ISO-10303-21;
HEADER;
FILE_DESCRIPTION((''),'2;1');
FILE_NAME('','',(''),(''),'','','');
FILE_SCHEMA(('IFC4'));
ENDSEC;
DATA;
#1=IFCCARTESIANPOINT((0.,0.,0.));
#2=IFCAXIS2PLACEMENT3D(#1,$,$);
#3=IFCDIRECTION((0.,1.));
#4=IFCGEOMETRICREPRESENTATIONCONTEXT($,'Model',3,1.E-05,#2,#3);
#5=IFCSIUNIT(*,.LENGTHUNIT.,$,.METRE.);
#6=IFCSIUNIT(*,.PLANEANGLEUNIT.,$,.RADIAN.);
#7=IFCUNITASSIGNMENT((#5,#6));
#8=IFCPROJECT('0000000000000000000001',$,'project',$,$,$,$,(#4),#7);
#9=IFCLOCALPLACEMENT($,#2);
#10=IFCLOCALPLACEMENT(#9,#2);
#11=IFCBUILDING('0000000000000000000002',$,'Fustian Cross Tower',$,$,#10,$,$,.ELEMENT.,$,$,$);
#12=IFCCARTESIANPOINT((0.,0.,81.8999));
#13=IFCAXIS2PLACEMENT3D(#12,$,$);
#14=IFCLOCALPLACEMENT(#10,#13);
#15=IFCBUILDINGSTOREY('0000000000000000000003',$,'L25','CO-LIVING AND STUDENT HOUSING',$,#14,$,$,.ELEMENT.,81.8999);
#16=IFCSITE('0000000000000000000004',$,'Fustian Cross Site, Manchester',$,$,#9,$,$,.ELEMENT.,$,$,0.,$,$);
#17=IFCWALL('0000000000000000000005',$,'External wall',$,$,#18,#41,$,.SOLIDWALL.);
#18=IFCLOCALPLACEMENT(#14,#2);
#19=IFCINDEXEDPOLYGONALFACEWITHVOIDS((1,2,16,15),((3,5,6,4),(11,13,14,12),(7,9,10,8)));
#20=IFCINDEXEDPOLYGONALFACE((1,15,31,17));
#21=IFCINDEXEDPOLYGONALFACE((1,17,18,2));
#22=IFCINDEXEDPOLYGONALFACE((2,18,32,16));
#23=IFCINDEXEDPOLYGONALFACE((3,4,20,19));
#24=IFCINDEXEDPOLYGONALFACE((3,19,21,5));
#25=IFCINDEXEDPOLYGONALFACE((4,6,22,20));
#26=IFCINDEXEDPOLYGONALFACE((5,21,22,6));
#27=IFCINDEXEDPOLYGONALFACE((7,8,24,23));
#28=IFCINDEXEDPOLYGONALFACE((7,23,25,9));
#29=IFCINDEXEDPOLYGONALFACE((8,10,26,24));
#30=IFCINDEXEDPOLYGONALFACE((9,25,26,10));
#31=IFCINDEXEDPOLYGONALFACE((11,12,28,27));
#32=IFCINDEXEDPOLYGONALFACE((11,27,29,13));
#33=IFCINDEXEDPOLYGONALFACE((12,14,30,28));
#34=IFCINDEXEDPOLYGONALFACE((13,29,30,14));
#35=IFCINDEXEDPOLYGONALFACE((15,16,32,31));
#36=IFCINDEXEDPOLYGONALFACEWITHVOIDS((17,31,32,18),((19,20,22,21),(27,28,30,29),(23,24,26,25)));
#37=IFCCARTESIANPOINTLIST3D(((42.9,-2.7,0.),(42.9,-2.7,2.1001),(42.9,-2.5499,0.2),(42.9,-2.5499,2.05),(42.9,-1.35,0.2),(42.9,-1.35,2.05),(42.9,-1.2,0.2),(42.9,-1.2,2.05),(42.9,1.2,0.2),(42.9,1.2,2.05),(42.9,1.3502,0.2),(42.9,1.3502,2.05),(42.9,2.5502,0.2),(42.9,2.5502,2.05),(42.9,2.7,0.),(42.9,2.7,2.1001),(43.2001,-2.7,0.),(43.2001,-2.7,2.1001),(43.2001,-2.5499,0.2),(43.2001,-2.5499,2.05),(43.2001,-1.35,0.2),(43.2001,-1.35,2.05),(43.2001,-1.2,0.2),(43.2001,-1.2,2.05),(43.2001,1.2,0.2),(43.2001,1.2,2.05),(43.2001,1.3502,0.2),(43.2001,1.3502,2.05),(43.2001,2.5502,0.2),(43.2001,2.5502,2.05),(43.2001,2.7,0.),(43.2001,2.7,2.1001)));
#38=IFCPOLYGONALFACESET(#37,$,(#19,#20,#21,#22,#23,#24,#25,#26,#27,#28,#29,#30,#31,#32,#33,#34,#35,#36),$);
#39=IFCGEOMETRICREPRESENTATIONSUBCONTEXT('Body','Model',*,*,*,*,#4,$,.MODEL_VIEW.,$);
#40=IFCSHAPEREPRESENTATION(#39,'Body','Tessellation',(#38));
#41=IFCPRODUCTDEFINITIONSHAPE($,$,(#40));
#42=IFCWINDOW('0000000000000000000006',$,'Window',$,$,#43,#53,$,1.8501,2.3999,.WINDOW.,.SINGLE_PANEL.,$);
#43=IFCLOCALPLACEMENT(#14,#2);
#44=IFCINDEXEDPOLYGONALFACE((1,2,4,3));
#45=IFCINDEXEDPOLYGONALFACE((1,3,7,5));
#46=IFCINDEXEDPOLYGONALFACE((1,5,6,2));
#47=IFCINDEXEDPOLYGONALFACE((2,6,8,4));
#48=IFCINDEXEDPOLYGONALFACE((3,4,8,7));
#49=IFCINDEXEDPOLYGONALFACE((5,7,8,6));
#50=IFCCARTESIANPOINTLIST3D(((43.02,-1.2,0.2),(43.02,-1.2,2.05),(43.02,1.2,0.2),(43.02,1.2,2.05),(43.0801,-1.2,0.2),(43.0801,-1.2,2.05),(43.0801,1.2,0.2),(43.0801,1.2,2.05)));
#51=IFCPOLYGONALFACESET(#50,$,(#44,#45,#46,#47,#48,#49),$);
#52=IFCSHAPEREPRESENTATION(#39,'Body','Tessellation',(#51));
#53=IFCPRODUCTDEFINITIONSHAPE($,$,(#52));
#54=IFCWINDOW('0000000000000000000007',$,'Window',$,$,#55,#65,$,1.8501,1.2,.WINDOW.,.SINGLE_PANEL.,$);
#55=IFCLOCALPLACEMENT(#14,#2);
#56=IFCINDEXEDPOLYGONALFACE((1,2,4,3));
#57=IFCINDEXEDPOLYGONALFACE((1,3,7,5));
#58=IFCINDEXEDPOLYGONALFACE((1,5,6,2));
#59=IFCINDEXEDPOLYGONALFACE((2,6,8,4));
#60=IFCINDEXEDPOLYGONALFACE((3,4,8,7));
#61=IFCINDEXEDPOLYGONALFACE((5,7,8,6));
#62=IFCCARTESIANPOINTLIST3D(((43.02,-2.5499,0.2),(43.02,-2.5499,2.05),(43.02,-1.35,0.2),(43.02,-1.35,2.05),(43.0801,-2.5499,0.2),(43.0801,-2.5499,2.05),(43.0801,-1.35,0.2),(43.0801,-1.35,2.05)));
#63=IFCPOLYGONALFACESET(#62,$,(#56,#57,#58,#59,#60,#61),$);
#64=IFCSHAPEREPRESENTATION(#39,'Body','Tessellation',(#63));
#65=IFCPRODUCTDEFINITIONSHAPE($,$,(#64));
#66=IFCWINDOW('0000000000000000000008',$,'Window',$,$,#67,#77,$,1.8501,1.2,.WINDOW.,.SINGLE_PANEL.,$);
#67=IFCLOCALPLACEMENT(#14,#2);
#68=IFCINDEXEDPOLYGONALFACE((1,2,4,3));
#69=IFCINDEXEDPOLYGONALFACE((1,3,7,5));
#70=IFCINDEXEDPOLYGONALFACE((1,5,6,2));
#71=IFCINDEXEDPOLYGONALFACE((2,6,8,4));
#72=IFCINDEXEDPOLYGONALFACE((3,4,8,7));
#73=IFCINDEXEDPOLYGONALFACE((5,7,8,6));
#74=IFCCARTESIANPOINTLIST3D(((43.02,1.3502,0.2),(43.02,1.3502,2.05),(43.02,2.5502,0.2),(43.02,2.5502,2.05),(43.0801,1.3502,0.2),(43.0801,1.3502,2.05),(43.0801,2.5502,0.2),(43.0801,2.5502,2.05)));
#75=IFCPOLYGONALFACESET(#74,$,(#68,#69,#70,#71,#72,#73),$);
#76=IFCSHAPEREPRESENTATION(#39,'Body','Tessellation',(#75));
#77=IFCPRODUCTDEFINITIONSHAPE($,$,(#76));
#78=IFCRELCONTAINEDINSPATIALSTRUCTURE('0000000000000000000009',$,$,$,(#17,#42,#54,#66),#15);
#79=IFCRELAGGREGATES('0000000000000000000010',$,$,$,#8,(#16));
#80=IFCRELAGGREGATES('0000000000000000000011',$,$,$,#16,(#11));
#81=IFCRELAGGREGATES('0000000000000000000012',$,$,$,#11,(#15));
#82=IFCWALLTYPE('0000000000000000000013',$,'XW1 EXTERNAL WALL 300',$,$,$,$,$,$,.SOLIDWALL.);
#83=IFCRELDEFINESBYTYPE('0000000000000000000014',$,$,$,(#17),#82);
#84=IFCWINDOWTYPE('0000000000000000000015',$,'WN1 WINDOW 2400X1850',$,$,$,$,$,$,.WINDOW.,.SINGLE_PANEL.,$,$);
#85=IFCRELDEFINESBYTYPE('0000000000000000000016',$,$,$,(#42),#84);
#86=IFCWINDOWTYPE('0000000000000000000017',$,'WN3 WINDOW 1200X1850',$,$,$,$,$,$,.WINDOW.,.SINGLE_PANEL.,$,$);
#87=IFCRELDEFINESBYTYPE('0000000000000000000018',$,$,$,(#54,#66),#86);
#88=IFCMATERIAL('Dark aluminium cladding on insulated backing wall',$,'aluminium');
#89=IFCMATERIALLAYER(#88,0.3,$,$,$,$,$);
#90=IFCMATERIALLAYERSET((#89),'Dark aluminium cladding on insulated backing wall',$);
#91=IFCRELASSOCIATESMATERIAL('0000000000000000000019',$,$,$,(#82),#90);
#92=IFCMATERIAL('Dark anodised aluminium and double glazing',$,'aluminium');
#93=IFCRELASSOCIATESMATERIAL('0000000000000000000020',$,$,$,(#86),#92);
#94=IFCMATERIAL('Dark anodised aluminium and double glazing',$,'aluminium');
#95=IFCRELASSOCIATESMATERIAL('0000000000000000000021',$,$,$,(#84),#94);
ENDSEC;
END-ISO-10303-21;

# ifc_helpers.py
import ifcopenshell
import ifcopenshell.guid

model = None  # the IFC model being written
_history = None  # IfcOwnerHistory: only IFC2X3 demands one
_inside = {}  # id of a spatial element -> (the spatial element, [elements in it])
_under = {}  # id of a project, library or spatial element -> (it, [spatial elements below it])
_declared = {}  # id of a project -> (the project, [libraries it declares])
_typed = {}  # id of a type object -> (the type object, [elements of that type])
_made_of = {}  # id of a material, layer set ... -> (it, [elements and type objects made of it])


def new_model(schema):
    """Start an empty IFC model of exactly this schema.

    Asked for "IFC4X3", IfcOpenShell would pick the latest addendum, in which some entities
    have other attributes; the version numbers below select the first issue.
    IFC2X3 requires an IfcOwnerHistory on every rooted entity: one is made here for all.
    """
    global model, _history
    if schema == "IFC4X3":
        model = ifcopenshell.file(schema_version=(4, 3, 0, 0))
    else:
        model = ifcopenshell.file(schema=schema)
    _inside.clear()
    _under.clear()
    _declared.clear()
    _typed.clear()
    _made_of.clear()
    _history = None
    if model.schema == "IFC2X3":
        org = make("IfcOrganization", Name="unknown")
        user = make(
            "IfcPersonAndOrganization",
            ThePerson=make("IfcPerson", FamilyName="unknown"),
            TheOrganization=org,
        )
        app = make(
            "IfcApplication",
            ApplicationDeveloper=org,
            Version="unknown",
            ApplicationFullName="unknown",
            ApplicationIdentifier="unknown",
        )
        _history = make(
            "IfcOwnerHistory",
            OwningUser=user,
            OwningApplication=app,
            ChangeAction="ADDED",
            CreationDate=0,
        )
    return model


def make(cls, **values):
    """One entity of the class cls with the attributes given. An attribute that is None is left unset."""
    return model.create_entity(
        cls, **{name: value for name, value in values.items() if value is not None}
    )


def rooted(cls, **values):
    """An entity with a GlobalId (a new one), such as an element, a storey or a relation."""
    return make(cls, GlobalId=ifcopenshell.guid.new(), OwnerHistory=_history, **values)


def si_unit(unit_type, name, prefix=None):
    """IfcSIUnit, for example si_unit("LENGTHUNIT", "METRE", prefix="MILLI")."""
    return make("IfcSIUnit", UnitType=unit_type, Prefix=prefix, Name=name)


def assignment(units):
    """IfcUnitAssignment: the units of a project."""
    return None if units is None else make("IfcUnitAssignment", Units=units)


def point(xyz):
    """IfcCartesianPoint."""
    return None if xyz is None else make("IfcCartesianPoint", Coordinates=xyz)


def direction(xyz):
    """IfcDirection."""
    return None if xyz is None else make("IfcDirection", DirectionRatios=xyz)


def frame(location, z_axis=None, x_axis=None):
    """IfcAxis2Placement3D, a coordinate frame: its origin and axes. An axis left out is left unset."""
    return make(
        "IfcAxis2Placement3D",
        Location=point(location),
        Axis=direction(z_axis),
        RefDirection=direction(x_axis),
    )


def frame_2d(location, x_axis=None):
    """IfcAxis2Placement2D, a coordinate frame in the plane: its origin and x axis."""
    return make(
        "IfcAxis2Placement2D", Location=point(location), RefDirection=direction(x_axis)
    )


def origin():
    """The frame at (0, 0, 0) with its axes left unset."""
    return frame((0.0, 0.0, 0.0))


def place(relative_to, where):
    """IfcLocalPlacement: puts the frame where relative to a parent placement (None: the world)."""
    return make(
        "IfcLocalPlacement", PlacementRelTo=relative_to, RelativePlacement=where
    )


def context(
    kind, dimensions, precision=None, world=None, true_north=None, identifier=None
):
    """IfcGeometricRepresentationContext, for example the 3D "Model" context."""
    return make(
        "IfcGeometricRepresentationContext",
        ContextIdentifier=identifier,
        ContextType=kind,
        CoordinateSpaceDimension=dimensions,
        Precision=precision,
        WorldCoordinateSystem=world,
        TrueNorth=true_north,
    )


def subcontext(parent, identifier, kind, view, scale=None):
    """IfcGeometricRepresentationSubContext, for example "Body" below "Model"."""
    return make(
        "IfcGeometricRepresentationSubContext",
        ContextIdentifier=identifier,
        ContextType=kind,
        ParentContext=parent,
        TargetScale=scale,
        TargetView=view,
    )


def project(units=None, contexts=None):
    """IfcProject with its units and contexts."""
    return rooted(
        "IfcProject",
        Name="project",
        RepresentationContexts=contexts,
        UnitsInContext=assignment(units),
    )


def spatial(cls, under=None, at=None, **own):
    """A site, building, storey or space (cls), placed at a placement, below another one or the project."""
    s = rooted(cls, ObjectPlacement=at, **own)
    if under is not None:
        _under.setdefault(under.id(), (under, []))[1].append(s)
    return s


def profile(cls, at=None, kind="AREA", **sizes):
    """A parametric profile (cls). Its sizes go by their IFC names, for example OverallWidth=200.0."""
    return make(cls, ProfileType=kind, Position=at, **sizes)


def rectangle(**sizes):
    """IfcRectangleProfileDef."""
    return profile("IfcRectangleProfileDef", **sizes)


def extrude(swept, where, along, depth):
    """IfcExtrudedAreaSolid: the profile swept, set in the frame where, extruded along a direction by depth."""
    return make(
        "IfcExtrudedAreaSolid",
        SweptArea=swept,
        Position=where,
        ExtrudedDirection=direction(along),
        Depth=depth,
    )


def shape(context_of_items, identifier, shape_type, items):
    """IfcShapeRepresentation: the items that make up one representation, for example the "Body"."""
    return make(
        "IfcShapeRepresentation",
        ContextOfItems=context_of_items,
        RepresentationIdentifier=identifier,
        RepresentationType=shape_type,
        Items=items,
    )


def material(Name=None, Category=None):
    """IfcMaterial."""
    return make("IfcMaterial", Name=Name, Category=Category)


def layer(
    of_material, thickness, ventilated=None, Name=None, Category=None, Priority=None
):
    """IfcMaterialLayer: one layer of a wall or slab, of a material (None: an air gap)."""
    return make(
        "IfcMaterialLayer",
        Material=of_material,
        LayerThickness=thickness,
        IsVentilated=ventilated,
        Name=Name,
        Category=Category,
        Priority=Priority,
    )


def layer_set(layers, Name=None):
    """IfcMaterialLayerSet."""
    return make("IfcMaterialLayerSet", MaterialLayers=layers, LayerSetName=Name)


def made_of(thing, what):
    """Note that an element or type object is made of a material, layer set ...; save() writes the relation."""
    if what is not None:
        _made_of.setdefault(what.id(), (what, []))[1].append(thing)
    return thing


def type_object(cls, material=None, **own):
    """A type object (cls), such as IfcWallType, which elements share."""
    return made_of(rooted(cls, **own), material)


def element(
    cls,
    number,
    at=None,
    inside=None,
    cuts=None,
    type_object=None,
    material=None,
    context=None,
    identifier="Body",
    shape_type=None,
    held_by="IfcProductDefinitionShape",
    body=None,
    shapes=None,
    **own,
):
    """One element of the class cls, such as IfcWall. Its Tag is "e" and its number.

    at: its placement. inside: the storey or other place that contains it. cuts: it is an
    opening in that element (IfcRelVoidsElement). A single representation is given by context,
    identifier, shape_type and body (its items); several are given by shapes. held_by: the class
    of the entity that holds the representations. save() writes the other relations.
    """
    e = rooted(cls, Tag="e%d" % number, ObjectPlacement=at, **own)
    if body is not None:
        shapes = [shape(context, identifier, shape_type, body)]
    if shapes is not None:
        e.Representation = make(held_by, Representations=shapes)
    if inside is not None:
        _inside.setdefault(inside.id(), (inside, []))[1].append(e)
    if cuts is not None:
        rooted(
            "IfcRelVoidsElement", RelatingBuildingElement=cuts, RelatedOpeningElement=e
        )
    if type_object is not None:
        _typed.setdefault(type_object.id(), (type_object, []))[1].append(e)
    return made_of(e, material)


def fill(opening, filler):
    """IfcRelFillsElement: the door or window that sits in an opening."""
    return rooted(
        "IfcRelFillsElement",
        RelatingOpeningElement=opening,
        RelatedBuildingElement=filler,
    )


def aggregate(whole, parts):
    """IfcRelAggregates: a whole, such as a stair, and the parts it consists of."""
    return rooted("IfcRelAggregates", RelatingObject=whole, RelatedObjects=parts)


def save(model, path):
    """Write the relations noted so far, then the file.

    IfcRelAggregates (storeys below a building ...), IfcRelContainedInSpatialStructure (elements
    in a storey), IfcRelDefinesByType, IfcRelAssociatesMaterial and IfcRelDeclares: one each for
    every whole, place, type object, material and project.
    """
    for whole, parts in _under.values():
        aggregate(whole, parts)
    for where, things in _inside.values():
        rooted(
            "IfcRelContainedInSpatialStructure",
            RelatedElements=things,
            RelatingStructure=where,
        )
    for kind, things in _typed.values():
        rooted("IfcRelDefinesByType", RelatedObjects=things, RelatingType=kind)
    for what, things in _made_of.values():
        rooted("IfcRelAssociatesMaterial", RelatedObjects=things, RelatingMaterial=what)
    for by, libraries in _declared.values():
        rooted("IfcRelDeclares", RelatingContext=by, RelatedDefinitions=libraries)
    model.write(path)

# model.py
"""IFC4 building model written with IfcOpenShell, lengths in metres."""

from ifc_helpers import new_model, si_unit, direction, frame, frame_2d, origin, place, context, subcontext, project, spatial, rectangle, extrude, material, layer, layer_set, type_object, element, fill, save


model = new_model("IFC4")

# Units and contexts
model_context = context("Model", 3, precision=1e-05, world=origin(), true_north=direction((0.0, 1.0)))
body_context = subcontext(model_context, "Body", "Model", "MODEL_VIEW")
ifc_project = project(units=[si_unit("LENGTHUNIT", "METRE"), si_unit("PLANEANGLEUNIT", "RADIAN")], contexts=[model_context])

# Site, building, storey
site_placement = place(None, origin())
site = spatial("IfcSite", under=ifc_project, at=site_placement, Name="Fustian Cross Site, Manchester", CompositionType="ELEMENT", RefElevation=0.0)
building_placement = place(site_placement, origin())
building = spatial("IfcBuilding", under=site, at=building_placement, Name="Fustian Cross Tower", CompositionType="ELEMENT")
storey_placement = place(building_placement, frame((0.0, 0.0, 81.8999)))
storey = spatial("IfcBuildingStorey", under=building, at=storey_placement, Name="L25", Description="CO-LIVING AND STUDENT HOUSING", CompositionType="ELEMENT", Elevation=81.8999)

# Shared definitions
ifc_material_1 = material(Name="Dark aluminium cladding on insulated backing wall", Category="aluminium")
ifc_layer_1 = layer(ifc_material_1, 0.3)
ifc_layer_set_1 = layer_set([ifc_layer_1], Name="Dark aluminium cladding on insulated backing wall")
wall_type_1 = type_object("IfcWallType", Name="XW1 EXTERNAL WALL 300", PredefinedType="SOLIDWALL", material=ifc_layer_set_1)

# Shared definitions
ifc_material_2 = material(Name="Dark anodised aluminium and double glazing", Category="aluminium")
window_type_1 = type_object("IfcWindowType", Name="WN3 WINDOW 1200X1850", PartitioningType="SINGLE_PANEL", PredefinedType="WINDOW", material=ifc_material_2)

# Wall, openings, windows
wall_1_placement = place(storey_placement, frame((43.05, -2.7, 0.0), z_axis=(0.0, 0.0, 1.0), x_axis=(0.0, 1.0, 0.0)))
wall_1 = element("IfcWall", 1, at=wall_1_placement, inside=storey, type_object=wall_type_1, Name="External wall", PredefinedType="SOLIDWALL", context=body_context, shape_type="SweptSolid", body=[
    extrude(rectangle(XDim=5.3999, YDim=0.3, at=frame_2d((2.7, 0.0))), origin(), (0.0, 0.0, 1.0), 2.1001),
])
opening_1_placement = place(wall_1_placement, frame((1.5, 0.0, 0.2)))
opening_1 = element("IfcOpeningElement", 2, at=opening_1_placement, cuts=wall_1, PredefinedType="OPENING", context=body_context, shape_type="SweptSolid", body=[
    extrude(rectangle(XDim=2.3999, YDim=1.8501, at=frame_2d((1.2, 0.925))), frame((0.0, 0.1599, 0.0), z_axis=(0.0, -1.0, 0.0), x_axis=(1.0, 0.0, 0.0)), (0.0, 0.0, 1.0), 0.3201),
])
opening_2_placement = place(wall_1_placement, frame((0.1499, 0.0, 0.2)))
opening_2 = element("IfcOpeningElement", 3, at=opening_2_placement, cuts=wall_1, PredefinedType="OPENING", context=body_context, shape_type="SweptSolid", body=[
    extrude(rectangle(XDim=1.2, YDim=1.8501, at=frame_2d((0.6001, 0.925))), frame((0.0, 0.1599, 0.0), z_axis=(0.0, -1.0, 0.0), x_axis=(1.0, 0.0, 0.0)), (0.0, 0.0, 1.0), 0.3201),
])
opening_3_placement = place(wall_1_placement, frame((4.05, 0.0, 0.2)))
opening_3 = element("IfcOpeningElement", 4, at=opening_3_placement, cuts=wall_1, PredefinedType="OPENING", context=body_context, shape_type="SweptSolid", body=[
    extrude(rectangle(XDim=1.2, YDim=1.8501, at=frame_2d((0.6001, 0.925))), frame((0.0, 0.1599, 0.0), z_axis=(0.0, -1.0, 0.0), x_axis=(1.0, 0.0, 0.0)), (0.0, 0.0, 1.0), 0.3201),
])
ifc_material_3 = material(Name="Dark anodised aluminium and double glazing", Category="aluminium")
window_type_2 = type_object("IfcWindowType", Name="WN1 WINDOW 2400X1850", PartitioningType="SINGLE_PANEL", PredefinedType="WINDOW", material=ifc_material_3)
window_1_placement = place(opening_1_placement, origin())
window_1 = element("IfcWindow", 5, at=window_1_placement, inside=storey, type_object=window_type_2, Name="Window", OverallHeight=1.8501, OverallWidth=2.3999, PartitioningType="SINGLE_PANEL", PredefinedType="WINDOW", context=body_context, shape_type="SweptSolid", body=[
    extrude(rectangle(XDim=2.3999, YDim=1.8501, at=frame_2d((1.2, 0.925))), frame((0.0, 0.03, 0.0), z_axis=(0.0, -1.0, 0.0), x_axis=(1.0, 0.0, 0.0)), (0.0, 0.0, 1.0), 0.0601),
])
fill(opening_1, window_1)
window_2_placement = place(opening_2_placement, origin())
window_2 = element("IfcWindow", 6, at=window_2_placement, inside=storey, type_object=window_type_1, Name="Window", OverallHeight=1.8501, OverallWidth=1.2, PartitioningType="SINGLE_PANEL", PredefinedType="WINDOW", context=body_context, shape_type="SweptSolid", body=[
    extrude(rectangle(XDim=1.2, YDim=1.8501, at=frame_2d((0.6001, 0.925))), frame((0.0, 0.03, 0.0), z_axis=(0.0, -1.0, 0.0), x_axis=(1.0, 0.0, 0.0)), (0.0, 0.0, 1.0), 0.0601),
])
fill(opening_2, window_2)
window_3_placement = place(opening_3_placement, origin())
window_3 = element("IfcWindow", 7, at=window_3_placement, inside=storey, type_object=window_type_1, Name="Window", OverallHeight=1.8501, OverallWidth=1.2, PartitioningType="SINGLE_PANEL", PredefinedType="WINDOW", context=body_context, shape_type="SweptSolid", body=[
    extrude(rectangle(XDim=1.2, YDim=1.8501, at=frame_2d((0.6001, 0.925))), frame((0.0, 0.03, 0.0), z_axis=(0.0, -1.0, 0.0), x_axis=(1.0, 0.0, 0.0)), (0.0, 0.0, 1.0), 0.0601),
])
fill(opening_3, window_3)

save(model, "model.ifc")
